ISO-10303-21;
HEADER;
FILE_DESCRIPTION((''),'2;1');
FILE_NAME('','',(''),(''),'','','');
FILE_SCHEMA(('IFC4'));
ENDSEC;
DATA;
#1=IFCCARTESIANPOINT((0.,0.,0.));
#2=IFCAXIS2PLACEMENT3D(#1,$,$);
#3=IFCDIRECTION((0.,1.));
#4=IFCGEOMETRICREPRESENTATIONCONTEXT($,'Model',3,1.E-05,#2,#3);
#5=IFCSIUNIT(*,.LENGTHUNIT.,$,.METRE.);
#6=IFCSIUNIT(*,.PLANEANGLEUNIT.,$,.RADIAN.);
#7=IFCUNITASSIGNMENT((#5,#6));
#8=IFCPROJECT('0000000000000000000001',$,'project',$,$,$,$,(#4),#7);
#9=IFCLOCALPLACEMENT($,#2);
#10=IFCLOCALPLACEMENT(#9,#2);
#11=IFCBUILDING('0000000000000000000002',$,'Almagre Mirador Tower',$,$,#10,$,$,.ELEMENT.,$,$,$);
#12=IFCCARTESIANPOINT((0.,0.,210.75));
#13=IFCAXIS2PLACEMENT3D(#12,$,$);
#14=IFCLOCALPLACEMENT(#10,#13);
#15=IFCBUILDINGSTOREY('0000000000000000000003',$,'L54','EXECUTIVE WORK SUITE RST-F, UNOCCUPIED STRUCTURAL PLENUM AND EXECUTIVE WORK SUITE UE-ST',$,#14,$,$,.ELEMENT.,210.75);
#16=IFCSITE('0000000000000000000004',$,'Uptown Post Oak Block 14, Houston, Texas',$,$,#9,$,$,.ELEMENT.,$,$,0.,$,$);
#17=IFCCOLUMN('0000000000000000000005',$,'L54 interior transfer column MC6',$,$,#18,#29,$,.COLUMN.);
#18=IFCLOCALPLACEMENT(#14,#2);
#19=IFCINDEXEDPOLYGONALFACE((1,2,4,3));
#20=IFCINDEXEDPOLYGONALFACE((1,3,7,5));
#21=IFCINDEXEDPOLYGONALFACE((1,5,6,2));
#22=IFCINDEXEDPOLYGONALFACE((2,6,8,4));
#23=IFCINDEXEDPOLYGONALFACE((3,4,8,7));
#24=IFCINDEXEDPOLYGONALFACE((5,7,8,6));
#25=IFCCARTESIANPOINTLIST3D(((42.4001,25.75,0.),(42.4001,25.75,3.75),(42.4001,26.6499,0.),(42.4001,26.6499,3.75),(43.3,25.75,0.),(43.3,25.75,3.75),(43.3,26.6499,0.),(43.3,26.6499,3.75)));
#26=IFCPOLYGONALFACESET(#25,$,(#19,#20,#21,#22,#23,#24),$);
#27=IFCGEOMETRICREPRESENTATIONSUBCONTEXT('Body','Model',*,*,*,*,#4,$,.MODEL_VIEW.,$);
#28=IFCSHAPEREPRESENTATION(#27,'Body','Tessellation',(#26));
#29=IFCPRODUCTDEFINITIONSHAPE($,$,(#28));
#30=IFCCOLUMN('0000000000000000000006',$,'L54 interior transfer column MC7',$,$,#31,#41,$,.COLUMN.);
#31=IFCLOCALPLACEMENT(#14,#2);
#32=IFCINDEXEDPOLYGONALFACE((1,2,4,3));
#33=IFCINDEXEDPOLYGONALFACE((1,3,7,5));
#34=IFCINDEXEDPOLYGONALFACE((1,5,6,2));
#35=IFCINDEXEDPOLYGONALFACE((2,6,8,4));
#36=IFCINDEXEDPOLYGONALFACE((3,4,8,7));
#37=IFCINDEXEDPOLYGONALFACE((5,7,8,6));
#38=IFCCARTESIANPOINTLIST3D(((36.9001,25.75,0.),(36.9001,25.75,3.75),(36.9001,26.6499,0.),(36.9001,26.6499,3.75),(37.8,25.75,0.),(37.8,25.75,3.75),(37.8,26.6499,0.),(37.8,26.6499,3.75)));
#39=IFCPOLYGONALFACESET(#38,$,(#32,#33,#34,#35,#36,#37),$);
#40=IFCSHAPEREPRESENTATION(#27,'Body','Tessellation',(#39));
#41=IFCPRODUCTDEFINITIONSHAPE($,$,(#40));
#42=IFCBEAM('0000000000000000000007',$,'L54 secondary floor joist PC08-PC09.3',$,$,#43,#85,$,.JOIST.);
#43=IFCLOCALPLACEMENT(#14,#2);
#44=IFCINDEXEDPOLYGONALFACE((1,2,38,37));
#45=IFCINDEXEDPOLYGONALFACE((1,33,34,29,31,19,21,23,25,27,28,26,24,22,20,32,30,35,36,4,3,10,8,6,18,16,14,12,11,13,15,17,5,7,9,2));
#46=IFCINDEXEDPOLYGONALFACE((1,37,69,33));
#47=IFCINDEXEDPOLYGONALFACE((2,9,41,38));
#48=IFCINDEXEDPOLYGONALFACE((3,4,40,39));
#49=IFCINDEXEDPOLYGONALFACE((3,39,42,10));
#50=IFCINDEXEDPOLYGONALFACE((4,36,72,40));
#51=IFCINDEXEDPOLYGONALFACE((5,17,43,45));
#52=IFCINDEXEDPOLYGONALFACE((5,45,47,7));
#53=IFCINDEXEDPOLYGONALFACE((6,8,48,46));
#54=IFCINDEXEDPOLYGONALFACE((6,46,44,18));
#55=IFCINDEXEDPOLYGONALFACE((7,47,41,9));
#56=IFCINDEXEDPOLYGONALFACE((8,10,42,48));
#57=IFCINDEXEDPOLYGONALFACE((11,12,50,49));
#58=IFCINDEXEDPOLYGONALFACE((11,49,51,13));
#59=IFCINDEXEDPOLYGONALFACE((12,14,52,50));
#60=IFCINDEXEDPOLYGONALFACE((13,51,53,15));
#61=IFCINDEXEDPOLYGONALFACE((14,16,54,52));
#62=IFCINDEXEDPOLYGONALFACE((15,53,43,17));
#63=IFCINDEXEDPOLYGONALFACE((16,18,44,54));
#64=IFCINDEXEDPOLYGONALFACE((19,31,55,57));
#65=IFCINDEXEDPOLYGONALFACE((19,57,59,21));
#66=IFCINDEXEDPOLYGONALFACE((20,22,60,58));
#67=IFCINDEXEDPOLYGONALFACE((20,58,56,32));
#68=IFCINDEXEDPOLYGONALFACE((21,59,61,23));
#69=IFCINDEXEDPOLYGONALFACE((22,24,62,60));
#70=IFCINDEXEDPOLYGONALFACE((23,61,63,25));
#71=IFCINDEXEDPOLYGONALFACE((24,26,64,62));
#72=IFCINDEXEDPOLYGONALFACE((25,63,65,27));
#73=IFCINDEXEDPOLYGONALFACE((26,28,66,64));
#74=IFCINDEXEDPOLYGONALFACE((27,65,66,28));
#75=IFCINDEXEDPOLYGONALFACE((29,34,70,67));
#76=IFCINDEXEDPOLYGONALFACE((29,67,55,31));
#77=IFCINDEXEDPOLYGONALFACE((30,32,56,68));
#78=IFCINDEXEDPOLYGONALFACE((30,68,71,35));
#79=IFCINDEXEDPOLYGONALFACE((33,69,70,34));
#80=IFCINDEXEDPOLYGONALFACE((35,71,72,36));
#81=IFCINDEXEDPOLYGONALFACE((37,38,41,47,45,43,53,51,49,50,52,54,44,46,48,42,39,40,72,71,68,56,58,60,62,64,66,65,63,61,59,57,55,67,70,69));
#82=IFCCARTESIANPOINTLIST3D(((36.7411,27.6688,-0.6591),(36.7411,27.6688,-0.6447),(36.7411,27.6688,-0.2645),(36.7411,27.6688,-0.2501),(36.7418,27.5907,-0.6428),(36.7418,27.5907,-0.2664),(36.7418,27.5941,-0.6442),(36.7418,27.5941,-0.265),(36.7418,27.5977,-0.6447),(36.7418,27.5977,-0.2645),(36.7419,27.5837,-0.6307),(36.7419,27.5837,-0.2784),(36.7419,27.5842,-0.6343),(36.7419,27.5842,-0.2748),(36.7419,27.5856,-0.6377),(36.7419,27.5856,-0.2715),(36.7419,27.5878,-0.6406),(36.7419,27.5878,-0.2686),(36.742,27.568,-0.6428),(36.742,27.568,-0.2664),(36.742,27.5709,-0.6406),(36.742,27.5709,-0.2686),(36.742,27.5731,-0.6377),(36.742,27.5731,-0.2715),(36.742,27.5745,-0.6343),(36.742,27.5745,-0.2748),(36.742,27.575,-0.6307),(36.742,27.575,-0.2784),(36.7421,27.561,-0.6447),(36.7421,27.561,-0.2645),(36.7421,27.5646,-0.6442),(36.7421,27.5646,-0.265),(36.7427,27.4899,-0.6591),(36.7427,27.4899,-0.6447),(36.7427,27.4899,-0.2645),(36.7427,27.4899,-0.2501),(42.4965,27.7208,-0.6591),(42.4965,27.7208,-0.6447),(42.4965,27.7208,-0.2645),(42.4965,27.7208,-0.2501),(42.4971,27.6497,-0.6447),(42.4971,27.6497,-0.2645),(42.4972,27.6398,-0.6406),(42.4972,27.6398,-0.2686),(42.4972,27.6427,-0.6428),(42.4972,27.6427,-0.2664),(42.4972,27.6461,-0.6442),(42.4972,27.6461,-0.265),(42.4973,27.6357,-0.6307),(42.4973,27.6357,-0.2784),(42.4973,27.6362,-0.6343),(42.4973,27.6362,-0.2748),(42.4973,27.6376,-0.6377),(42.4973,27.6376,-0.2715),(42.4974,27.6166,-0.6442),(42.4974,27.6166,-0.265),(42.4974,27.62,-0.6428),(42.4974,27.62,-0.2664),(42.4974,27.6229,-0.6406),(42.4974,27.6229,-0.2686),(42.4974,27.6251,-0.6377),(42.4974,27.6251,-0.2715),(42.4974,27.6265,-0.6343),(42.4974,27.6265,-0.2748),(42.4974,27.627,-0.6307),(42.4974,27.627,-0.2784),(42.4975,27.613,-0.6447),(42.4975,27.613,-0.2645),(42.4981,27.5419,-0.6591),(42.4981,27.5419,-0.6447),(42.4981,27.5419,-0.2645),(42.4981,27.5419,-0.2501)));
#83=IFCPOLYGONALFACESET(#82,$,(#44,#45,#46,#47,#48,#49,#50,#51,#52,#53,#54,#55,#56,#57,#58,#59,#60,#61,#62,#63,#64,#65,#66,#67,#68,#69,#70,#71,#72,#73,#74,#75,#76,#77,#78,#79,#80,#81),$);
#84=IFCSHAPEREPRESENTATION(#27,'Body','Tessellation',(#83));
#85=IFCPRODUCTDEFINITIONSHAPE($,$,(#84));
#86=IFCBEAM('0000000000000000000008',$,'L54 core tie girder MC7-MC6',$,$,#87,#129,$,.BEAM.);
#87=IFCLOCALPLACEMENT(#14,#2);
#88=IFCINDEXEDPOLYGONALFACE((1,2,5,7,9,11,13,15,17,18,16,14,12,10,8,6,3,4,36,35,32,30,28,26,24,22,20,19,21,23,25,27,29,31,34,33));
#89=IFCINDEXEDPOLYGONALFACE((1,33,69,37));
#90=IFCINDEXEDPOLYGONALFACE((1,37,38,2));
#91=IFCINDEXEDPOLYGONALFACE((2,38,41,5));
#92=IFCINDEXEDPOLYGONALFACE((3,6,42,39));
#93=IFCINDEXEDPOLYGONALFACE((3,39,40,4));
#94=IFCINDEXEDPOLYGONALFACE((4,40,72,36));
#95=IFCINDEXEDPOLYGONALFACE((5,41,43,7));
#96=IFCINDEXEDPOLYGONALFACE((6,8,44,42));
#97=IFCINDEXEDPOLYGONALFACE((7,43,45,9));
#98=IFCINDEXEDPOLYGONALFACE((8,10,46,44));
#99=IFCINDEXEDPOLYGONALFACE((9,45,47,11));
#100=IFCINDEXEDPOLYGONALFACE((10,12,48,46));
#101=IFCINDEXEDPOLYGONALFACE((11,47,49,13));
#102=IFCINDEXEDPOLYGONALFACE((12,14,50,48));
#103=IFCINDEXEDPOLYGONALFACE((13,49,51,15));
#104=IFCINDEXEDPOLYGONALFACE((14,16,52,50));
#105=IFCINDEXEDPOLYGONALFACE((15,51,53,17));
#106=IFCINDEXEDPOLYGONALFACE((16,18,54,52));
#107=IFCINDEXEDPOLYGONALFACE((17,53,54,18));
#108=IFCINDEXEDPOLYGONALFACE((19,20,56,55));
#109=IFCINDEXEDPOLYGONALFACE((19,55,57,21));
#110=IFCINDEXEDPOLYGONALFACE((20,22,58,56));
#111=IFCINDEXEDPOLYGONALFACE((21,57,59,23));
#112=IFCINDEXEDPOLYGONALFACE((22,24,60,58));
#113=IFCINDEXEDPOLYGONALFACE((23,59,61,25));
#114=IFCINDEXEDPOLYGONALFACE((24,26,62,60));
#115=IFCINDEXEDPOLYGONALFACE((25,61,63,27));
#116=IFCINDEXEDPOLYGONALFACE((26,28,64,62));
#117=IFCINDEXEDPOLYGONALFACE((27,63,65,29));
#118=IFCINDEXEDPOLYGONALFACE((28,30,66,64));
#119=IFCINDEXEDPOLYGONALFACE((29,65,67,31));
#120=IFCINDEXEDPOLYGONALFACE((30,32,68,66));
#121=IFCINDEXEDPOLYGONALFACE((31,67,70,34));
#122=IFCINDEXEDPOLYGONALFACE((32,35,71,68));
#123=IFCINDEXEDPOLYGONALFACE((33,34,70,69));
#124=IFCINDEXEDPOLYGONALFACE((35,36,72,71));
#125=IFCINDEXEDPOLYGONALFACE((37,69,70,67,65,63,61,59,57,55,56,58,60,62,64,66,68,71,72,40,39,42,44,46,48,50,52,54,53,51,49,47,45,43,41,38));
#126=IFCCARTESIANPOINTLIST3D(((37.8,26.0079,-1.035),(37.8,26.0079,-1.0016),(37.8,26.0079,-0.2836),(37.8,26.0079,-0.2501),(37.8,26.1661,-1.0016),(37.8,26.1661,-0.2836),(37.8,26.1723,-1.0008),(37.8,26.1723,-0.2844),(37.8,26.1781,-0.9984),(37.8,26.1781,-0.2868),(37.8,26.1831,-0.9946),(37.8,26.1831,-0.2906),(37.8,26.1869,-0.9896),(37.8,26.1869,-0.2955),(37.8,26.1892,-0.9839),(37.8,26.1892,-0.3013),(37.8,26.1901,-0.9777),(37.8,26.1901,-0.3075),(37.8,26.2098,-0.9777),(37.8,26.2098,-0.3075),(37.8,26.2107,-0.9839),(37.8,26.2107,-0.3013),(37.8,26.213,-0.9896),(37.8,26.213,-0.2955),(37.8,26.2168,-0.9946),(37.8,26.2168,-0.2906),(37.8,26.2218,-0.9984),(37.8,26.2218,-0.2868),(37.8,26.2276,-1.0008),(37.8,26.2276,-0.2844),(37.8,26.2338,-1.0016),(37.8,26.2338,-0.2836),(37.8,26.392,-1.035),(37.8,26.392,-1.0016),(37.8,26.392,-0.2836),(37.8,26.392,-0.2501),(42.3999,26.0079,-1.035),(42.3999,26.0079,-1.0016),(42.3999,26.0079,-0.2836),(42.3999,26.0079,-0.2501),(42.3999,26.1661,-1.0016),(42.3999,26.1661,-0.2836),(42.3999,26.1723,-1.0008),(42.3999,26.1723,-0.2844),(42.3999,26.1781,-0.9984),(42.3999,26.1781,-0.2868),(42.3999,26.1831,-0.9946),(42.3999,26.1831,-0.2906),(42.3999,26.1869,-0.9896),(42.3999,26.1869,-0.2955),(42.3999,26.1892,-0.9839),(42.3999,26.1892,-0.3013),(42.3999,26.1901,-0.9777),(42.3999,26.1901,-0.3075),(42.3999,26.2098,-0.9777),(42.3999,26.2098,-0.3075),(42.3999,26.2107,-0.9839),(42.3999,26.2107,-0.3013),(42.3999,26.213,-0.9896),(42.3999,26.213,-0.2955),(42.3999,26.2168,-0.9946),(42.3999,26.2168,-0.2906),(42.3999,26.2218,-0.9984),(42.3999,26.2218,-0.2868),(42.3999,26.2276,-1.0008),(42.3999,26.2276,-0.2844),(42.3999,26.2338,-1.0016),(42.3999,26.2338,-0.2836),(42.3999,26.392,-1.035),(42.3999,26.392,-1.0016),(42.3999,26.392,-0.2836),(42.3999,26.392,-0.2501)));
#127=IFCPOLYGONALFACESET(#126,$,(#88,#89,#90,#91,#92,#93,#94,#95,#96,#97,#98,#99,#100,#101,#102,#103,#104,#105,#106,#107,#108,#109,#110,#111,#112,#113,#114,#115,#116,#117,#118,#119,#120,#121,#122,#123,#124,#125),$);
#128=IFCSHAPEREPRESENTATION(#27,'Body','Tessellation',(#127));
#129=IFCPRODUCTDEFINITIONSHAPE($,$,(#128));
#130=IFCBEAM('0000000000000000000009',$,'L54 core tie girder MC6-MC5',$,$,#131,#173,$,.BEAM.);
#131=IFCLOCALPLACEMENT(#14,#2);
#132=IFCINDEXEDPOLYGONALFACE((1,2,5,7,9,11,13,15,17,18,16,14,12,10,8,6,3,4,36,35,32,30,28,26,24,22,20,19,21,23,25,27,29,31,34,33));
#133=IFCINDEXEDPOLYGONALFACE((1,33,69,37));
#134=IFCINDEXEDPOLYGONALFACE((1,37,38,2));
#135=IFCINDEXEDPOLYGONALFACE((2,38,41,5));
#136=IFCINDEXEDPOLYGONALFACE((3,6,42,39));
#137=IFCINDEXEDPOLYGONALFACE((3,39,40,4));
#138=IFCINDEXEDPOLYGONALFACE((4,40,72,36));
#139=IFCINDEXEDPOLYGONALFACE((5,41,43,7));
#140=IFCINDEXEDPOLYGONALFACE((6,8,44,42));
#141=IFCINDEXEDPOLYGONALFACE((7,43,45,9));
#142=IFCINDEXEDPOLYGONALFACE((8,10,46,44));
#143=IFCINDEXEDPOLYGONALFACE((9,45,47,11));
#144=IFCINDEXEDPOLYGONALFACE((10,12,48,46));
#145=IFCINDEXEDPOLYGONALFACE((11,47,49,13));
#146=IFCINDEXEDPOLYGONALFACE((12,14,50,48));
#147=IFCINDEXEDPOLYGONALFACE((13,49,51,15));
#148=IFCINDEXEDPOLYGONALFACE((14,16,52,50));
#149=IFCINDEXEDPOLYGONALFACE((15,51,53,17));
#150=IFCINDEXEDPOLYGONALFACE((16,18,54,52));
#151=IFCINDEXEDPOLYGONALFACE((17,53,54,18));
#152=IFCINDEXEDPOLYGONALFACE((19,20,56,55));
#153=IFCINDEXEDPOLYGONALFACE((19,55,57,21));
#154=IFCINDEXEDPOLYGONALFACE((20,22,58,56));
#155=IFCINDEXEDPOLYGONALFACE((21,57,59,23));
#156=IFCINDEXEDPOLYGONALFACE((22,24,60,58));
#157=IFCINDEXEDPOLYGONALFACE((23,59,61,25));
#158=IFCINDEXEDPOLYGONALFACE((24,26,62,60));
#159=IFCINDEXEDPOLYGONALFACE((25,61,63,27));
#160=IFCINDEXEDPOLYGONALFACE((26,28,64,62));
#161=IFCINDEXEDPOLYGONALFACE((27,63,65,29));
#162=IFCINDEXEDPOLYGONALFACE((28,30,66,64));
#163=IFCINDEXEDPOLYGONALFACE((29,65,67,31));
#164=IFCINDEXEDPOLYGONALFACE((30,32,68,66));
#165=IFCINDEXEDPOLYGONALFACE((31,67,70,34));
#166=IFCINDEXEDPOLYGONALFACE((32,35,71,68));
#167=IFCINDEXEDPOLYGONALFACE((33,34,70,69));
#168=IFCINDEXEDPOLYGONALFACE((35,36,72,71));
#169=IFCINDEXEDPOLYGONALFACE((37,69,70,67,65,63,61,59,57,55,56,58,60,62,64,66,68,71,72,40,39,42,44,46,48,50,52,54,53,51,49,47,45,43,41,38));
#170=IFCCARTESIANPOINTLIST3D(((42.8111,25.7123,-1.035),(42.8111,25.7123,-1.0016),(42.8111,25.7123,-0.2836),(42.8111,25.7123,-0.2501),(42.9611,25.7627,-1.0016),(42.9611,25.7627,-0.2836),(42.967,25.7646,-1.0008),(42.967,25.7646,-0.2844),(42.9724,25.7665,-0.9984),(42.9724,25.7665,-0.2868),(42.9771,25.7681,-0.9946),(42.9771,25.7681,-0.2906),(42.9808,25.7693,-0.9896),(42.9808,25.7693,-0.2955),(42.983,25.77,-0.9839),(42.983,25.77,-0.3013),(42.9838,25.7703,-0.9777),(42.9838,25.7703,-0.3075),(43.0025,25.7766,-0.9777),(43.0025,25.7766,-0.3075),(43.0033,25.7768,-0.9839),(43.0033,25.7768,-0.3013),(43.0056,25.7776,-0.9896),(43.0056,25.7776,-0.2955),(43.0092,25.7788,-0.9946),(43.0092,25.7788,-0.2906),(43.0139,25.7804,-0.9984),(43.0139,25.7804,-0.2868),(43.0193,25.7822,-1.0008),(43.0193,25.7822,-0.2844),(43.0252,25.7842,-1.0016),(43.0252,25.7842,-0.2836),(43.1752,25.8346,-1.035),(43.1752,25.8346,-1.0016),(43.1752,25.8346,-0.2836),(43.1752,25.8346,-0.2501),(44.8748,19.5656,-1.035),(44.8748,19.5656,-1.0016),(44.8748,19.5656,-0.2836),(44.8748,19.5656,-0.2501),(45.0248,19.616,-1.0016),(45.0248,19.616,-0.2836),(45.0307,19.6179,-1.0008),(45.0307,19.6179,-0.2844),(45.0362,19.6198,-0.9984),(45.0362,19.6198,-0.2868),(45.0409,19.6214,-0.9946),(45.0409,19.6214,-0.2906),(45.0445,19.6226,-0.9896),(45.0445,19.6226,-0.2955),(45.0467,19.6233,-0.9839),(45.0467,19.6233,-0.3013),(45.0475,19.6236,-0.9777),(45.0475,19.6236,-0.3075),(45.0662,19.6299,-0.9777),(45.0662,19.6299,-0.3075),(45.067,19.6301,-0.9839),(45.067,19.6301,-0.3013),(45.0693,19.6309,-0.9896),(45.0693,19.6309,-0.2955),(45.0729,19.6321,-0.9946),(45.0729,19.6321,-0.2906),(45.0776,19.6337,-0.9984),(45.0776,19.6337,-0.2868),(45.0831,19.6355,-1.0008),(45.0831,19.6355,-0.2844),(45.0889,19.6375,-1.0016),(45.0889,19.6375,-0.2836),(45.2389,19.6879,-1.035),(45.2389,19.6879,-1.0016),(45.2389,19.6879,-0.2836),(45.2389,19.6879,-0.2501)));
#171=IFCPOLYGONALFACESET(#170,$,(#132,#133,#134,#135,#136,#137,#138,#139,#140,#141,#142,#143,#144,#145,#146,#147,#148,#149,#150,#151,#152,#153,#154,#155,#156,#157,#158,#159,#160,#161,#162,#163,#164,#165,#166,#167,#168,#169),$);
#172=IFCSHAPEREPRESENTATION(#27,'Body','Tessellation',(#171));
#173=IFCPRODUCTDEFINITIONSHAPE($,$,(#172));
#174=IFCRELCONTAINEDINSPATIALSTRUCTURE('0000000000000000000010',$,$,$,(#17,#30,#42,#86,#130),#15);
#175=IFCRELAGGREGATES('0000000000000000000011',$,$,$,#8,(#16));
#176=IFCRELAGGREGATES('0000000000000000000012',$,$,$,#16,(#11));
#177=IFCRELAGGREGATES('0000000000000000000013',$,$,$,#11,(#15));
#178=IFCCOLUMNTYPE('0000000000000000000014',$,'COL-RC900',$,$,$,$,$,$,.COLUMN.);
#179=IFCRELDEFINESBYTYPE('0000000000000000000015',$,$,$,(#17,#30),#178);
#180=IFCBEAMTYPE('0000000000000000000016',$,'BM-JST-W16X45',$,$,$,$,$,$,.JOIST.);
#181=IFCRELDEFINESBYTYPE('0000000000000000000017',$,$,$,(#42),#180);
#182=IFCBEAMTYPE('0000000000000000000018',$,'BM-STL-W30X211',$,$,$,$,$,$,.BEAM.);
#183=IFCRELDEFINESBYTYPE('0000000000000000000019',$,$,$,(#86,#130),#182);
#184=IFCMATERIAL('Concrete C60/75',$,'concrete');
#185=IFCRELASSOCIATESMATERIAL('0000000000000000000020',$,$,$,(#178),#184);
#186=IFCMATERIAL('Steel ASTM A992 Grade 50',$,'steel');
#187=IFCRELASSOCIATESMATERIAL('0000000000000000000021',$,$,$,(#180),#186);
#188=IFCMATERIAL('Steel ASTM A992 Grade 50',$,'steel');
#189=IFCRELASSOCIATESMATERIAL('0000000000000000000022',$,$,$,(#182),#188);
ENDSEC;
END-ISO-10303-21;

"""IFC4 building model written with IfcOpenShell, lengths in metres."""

from ifc_helpers import new_model, si_unit, direction, frame, origin, origin_2d, place, context, subcontext, project, spatial, rectangle, i_section, extrude, material, material_profile, profile_set, type_object, element, save


model = new_model("IFC4")

# Units and contexts
model_context = context("Model", 3, precision=1e-05, world=origin(), true_north=direction((0.0, 1.0)))
body_context = subcontext(model_context, "Body", "Model", "MODEL_VIEW")
ifc_project = project(units=[si_unit("LENGTHUNIT", "METRE"), si_unit("PLANEANGLEUNIT", "RADIAN")], contexts=[model_context])

# Site, building, storey
site_placement = place(None, origin())
site = spatial("IfcSite", under=ifc_project, at=site_placement, Name="Uptown Post Oak Block 14, Houston, Texas", CompositionType="ELEMENT", RefElevation=0.0)
building_placement = place(site_placement, origin())
building = spatial("IfcBuilding", under=site, at=building_placement, Name="Almagre Mirador Tower", CompositionType="ELEMENT")
storey_placement = place(building_placement, frame((0.0, 0.0, 210.75)))
storey = spatial("IfcBuildingStorey", under=building, at=storey_placement, Name="L54", Description="EXECUTIVE WORK SUITE RST-F, UNOCCUPIED STRUCTURAL PLENUM AND EXECUTIVE WORK SUITE UE-ST", CompositionType="ELEMENT", Elevation=210.75)

# Columns
ifc_material_1 = material(Name="Concrete C60/75", Category="concrete")
ifc_material_profile_1 = material_profile(ifc_material_1, rectangle(XDim=0.8999, YDim=0.8999, at=origin_2d()), Name="RC900X900")
ifc_profile_set_1 = profile_set([ifc_material_profile_1], Name="Concrete C60/75")
column_type = type_object("IfcColumnType", Name="COL-RC900", PredefinedType="COLUMN", material=ifc_profile_set_1)
for number, where, z_axis, x_axis, name in (
    (1, (42.8501, 26.2, 0.0), (0.0, 0.0, 1.0), (1.0, 0.0, 0.0), "L54 interior transfer column MC6"),
    (2, (37.3501, 26.2, 0.0), (0.0, 0.0, 1.0), (1.0, 0.0, 0.0), "L54 interior transfer column MC7"),
):
    element("IfcColumn", number, at=place(storey_placement, frame(where, z_axis=z_axis, x_axis=x_axis)), inside=storey, type_object=column_type, Name=name, PredefinedType="COLUMN", context=body_context, shape_type="SweptSolid", body=[
        extrude(rectangle(XDim=0.8999, YDim=0.8999, at=origin_2d()), origin(), (0.0, 0.0, 1.0), 3.75),
    ])

# Beams
ifc_material_2 = material(Name="Steel ASTM A992 Grade 50", Category="steel")
ifc_material_profile_2 = material_profile(ifc_material_2, i_section(OverallWidth=0.179, OverallDepth=0.4089, WebThickness=0.0088, FlangeThickness=0.0144, FilletRadius=0.0139, at=origin_2d()), Name="W16X45")
ifc_profile_set_2 = profile_set([ifc_material_profile_2], Name="Steel ASTM A992 Grade 50")
beam_type_1 = type_object("IfcBeamType", Name="BM-JST-W16X45", PredefinedType="JOIST", material=ifc_profile_set_2)
beam_1_placement = place(storey_placement, frame((42.4973, 27.6313, -0.4546), z_axis=(-0.999959, -0.009035, 0.0), x_axis=(0.009035, -0.999959, 0.0)))
element("IfcBeam", 3, at=beam_1_placement, inside=storey, type_object=beam_type_1, Name="L54 secondary floor joist PC08-PC09.3", PredefinedType="JOIST", context=body_context, shape_type="SweptSolid", body=[
    extrude(i_section(OverallWidth=0.179, OverallDepth=0.4089, WebThickness=0.0088, FlangeThickness=0.0144, FilletRadius=0.0139, at=origin_2d()), origin(), (0.0, 0.0, 1.0), 5.7556),
])
ifc_material_3 = material(Name="Steel ASTM A992 Grade 50", Category="steel")
ifc_material_profile_3 = material_profile(ifc_material_3, i_section(OverallWidth=0.384, OverallDepth=0.7849, WebThickness=0.0198, FlangeThickness=0.0334, FilletRadius=0.0239, at=origin_2d()), Name="W30X211")
ifc_profile_set_3 = profile_set([ifc_material_profile_3], Name="Steel ASTM A992 Grade 50")
beam_type_2 = type_object("IfcBeamType", Name="BM-STL-W30X211", PredefinedType="BEAM", material=ifc_profile_set_3)
beam_2_placement = place(storey_placement, frame((37.8, 26.2, -0.6426), z_axis=(1.0, 0.0, 0.0), x_axis=(0.0, 1.0, 0.0)))
element("IfcBeam", 4, at=beam_2_placement, inside=storey, type_object=beam_type_2, Name="L54 core tie girder MC7-MC6", PredefinedType="BEAM", context=body_context, shape_type="SweptSolid", body=[
    extrude(i_section(OverallWidth=0.384, OverallDepth=0.7849, WebThickness=0.0198, FlangeThickness=0.0334, FilletRadius=0.0239, at=origin_2d()), origin(), (0.0, 0.0, 1.0), 4.5999),
])
beam_3_placement = place(storey_placement, frame((42.9932, 25.7734, -0.6426), z_axis=(0.318283, -0.947996, 0.0), x_axis=(0.947996, 0.318283, 0.0)))
element("IfcBeam", 5, at=beam_3_placement, inside=storey, type_object=beam_type_2, Name="L54 core tie girder MC6-MC5", PredefinedType="BEAM", context=body_context, shape_type="SweptSolid", body=[
    extrude(i_section(OverallWidth=0.384, OverallDepth=0.7849, WebThickness=0.0198, FlangeThickness=0.0334, FilletRadius=0.0239, at=origin_2d()), origin(), (0.0, 0.0, 1.0), 6.4839),
])

save(model, "model.ifc")
